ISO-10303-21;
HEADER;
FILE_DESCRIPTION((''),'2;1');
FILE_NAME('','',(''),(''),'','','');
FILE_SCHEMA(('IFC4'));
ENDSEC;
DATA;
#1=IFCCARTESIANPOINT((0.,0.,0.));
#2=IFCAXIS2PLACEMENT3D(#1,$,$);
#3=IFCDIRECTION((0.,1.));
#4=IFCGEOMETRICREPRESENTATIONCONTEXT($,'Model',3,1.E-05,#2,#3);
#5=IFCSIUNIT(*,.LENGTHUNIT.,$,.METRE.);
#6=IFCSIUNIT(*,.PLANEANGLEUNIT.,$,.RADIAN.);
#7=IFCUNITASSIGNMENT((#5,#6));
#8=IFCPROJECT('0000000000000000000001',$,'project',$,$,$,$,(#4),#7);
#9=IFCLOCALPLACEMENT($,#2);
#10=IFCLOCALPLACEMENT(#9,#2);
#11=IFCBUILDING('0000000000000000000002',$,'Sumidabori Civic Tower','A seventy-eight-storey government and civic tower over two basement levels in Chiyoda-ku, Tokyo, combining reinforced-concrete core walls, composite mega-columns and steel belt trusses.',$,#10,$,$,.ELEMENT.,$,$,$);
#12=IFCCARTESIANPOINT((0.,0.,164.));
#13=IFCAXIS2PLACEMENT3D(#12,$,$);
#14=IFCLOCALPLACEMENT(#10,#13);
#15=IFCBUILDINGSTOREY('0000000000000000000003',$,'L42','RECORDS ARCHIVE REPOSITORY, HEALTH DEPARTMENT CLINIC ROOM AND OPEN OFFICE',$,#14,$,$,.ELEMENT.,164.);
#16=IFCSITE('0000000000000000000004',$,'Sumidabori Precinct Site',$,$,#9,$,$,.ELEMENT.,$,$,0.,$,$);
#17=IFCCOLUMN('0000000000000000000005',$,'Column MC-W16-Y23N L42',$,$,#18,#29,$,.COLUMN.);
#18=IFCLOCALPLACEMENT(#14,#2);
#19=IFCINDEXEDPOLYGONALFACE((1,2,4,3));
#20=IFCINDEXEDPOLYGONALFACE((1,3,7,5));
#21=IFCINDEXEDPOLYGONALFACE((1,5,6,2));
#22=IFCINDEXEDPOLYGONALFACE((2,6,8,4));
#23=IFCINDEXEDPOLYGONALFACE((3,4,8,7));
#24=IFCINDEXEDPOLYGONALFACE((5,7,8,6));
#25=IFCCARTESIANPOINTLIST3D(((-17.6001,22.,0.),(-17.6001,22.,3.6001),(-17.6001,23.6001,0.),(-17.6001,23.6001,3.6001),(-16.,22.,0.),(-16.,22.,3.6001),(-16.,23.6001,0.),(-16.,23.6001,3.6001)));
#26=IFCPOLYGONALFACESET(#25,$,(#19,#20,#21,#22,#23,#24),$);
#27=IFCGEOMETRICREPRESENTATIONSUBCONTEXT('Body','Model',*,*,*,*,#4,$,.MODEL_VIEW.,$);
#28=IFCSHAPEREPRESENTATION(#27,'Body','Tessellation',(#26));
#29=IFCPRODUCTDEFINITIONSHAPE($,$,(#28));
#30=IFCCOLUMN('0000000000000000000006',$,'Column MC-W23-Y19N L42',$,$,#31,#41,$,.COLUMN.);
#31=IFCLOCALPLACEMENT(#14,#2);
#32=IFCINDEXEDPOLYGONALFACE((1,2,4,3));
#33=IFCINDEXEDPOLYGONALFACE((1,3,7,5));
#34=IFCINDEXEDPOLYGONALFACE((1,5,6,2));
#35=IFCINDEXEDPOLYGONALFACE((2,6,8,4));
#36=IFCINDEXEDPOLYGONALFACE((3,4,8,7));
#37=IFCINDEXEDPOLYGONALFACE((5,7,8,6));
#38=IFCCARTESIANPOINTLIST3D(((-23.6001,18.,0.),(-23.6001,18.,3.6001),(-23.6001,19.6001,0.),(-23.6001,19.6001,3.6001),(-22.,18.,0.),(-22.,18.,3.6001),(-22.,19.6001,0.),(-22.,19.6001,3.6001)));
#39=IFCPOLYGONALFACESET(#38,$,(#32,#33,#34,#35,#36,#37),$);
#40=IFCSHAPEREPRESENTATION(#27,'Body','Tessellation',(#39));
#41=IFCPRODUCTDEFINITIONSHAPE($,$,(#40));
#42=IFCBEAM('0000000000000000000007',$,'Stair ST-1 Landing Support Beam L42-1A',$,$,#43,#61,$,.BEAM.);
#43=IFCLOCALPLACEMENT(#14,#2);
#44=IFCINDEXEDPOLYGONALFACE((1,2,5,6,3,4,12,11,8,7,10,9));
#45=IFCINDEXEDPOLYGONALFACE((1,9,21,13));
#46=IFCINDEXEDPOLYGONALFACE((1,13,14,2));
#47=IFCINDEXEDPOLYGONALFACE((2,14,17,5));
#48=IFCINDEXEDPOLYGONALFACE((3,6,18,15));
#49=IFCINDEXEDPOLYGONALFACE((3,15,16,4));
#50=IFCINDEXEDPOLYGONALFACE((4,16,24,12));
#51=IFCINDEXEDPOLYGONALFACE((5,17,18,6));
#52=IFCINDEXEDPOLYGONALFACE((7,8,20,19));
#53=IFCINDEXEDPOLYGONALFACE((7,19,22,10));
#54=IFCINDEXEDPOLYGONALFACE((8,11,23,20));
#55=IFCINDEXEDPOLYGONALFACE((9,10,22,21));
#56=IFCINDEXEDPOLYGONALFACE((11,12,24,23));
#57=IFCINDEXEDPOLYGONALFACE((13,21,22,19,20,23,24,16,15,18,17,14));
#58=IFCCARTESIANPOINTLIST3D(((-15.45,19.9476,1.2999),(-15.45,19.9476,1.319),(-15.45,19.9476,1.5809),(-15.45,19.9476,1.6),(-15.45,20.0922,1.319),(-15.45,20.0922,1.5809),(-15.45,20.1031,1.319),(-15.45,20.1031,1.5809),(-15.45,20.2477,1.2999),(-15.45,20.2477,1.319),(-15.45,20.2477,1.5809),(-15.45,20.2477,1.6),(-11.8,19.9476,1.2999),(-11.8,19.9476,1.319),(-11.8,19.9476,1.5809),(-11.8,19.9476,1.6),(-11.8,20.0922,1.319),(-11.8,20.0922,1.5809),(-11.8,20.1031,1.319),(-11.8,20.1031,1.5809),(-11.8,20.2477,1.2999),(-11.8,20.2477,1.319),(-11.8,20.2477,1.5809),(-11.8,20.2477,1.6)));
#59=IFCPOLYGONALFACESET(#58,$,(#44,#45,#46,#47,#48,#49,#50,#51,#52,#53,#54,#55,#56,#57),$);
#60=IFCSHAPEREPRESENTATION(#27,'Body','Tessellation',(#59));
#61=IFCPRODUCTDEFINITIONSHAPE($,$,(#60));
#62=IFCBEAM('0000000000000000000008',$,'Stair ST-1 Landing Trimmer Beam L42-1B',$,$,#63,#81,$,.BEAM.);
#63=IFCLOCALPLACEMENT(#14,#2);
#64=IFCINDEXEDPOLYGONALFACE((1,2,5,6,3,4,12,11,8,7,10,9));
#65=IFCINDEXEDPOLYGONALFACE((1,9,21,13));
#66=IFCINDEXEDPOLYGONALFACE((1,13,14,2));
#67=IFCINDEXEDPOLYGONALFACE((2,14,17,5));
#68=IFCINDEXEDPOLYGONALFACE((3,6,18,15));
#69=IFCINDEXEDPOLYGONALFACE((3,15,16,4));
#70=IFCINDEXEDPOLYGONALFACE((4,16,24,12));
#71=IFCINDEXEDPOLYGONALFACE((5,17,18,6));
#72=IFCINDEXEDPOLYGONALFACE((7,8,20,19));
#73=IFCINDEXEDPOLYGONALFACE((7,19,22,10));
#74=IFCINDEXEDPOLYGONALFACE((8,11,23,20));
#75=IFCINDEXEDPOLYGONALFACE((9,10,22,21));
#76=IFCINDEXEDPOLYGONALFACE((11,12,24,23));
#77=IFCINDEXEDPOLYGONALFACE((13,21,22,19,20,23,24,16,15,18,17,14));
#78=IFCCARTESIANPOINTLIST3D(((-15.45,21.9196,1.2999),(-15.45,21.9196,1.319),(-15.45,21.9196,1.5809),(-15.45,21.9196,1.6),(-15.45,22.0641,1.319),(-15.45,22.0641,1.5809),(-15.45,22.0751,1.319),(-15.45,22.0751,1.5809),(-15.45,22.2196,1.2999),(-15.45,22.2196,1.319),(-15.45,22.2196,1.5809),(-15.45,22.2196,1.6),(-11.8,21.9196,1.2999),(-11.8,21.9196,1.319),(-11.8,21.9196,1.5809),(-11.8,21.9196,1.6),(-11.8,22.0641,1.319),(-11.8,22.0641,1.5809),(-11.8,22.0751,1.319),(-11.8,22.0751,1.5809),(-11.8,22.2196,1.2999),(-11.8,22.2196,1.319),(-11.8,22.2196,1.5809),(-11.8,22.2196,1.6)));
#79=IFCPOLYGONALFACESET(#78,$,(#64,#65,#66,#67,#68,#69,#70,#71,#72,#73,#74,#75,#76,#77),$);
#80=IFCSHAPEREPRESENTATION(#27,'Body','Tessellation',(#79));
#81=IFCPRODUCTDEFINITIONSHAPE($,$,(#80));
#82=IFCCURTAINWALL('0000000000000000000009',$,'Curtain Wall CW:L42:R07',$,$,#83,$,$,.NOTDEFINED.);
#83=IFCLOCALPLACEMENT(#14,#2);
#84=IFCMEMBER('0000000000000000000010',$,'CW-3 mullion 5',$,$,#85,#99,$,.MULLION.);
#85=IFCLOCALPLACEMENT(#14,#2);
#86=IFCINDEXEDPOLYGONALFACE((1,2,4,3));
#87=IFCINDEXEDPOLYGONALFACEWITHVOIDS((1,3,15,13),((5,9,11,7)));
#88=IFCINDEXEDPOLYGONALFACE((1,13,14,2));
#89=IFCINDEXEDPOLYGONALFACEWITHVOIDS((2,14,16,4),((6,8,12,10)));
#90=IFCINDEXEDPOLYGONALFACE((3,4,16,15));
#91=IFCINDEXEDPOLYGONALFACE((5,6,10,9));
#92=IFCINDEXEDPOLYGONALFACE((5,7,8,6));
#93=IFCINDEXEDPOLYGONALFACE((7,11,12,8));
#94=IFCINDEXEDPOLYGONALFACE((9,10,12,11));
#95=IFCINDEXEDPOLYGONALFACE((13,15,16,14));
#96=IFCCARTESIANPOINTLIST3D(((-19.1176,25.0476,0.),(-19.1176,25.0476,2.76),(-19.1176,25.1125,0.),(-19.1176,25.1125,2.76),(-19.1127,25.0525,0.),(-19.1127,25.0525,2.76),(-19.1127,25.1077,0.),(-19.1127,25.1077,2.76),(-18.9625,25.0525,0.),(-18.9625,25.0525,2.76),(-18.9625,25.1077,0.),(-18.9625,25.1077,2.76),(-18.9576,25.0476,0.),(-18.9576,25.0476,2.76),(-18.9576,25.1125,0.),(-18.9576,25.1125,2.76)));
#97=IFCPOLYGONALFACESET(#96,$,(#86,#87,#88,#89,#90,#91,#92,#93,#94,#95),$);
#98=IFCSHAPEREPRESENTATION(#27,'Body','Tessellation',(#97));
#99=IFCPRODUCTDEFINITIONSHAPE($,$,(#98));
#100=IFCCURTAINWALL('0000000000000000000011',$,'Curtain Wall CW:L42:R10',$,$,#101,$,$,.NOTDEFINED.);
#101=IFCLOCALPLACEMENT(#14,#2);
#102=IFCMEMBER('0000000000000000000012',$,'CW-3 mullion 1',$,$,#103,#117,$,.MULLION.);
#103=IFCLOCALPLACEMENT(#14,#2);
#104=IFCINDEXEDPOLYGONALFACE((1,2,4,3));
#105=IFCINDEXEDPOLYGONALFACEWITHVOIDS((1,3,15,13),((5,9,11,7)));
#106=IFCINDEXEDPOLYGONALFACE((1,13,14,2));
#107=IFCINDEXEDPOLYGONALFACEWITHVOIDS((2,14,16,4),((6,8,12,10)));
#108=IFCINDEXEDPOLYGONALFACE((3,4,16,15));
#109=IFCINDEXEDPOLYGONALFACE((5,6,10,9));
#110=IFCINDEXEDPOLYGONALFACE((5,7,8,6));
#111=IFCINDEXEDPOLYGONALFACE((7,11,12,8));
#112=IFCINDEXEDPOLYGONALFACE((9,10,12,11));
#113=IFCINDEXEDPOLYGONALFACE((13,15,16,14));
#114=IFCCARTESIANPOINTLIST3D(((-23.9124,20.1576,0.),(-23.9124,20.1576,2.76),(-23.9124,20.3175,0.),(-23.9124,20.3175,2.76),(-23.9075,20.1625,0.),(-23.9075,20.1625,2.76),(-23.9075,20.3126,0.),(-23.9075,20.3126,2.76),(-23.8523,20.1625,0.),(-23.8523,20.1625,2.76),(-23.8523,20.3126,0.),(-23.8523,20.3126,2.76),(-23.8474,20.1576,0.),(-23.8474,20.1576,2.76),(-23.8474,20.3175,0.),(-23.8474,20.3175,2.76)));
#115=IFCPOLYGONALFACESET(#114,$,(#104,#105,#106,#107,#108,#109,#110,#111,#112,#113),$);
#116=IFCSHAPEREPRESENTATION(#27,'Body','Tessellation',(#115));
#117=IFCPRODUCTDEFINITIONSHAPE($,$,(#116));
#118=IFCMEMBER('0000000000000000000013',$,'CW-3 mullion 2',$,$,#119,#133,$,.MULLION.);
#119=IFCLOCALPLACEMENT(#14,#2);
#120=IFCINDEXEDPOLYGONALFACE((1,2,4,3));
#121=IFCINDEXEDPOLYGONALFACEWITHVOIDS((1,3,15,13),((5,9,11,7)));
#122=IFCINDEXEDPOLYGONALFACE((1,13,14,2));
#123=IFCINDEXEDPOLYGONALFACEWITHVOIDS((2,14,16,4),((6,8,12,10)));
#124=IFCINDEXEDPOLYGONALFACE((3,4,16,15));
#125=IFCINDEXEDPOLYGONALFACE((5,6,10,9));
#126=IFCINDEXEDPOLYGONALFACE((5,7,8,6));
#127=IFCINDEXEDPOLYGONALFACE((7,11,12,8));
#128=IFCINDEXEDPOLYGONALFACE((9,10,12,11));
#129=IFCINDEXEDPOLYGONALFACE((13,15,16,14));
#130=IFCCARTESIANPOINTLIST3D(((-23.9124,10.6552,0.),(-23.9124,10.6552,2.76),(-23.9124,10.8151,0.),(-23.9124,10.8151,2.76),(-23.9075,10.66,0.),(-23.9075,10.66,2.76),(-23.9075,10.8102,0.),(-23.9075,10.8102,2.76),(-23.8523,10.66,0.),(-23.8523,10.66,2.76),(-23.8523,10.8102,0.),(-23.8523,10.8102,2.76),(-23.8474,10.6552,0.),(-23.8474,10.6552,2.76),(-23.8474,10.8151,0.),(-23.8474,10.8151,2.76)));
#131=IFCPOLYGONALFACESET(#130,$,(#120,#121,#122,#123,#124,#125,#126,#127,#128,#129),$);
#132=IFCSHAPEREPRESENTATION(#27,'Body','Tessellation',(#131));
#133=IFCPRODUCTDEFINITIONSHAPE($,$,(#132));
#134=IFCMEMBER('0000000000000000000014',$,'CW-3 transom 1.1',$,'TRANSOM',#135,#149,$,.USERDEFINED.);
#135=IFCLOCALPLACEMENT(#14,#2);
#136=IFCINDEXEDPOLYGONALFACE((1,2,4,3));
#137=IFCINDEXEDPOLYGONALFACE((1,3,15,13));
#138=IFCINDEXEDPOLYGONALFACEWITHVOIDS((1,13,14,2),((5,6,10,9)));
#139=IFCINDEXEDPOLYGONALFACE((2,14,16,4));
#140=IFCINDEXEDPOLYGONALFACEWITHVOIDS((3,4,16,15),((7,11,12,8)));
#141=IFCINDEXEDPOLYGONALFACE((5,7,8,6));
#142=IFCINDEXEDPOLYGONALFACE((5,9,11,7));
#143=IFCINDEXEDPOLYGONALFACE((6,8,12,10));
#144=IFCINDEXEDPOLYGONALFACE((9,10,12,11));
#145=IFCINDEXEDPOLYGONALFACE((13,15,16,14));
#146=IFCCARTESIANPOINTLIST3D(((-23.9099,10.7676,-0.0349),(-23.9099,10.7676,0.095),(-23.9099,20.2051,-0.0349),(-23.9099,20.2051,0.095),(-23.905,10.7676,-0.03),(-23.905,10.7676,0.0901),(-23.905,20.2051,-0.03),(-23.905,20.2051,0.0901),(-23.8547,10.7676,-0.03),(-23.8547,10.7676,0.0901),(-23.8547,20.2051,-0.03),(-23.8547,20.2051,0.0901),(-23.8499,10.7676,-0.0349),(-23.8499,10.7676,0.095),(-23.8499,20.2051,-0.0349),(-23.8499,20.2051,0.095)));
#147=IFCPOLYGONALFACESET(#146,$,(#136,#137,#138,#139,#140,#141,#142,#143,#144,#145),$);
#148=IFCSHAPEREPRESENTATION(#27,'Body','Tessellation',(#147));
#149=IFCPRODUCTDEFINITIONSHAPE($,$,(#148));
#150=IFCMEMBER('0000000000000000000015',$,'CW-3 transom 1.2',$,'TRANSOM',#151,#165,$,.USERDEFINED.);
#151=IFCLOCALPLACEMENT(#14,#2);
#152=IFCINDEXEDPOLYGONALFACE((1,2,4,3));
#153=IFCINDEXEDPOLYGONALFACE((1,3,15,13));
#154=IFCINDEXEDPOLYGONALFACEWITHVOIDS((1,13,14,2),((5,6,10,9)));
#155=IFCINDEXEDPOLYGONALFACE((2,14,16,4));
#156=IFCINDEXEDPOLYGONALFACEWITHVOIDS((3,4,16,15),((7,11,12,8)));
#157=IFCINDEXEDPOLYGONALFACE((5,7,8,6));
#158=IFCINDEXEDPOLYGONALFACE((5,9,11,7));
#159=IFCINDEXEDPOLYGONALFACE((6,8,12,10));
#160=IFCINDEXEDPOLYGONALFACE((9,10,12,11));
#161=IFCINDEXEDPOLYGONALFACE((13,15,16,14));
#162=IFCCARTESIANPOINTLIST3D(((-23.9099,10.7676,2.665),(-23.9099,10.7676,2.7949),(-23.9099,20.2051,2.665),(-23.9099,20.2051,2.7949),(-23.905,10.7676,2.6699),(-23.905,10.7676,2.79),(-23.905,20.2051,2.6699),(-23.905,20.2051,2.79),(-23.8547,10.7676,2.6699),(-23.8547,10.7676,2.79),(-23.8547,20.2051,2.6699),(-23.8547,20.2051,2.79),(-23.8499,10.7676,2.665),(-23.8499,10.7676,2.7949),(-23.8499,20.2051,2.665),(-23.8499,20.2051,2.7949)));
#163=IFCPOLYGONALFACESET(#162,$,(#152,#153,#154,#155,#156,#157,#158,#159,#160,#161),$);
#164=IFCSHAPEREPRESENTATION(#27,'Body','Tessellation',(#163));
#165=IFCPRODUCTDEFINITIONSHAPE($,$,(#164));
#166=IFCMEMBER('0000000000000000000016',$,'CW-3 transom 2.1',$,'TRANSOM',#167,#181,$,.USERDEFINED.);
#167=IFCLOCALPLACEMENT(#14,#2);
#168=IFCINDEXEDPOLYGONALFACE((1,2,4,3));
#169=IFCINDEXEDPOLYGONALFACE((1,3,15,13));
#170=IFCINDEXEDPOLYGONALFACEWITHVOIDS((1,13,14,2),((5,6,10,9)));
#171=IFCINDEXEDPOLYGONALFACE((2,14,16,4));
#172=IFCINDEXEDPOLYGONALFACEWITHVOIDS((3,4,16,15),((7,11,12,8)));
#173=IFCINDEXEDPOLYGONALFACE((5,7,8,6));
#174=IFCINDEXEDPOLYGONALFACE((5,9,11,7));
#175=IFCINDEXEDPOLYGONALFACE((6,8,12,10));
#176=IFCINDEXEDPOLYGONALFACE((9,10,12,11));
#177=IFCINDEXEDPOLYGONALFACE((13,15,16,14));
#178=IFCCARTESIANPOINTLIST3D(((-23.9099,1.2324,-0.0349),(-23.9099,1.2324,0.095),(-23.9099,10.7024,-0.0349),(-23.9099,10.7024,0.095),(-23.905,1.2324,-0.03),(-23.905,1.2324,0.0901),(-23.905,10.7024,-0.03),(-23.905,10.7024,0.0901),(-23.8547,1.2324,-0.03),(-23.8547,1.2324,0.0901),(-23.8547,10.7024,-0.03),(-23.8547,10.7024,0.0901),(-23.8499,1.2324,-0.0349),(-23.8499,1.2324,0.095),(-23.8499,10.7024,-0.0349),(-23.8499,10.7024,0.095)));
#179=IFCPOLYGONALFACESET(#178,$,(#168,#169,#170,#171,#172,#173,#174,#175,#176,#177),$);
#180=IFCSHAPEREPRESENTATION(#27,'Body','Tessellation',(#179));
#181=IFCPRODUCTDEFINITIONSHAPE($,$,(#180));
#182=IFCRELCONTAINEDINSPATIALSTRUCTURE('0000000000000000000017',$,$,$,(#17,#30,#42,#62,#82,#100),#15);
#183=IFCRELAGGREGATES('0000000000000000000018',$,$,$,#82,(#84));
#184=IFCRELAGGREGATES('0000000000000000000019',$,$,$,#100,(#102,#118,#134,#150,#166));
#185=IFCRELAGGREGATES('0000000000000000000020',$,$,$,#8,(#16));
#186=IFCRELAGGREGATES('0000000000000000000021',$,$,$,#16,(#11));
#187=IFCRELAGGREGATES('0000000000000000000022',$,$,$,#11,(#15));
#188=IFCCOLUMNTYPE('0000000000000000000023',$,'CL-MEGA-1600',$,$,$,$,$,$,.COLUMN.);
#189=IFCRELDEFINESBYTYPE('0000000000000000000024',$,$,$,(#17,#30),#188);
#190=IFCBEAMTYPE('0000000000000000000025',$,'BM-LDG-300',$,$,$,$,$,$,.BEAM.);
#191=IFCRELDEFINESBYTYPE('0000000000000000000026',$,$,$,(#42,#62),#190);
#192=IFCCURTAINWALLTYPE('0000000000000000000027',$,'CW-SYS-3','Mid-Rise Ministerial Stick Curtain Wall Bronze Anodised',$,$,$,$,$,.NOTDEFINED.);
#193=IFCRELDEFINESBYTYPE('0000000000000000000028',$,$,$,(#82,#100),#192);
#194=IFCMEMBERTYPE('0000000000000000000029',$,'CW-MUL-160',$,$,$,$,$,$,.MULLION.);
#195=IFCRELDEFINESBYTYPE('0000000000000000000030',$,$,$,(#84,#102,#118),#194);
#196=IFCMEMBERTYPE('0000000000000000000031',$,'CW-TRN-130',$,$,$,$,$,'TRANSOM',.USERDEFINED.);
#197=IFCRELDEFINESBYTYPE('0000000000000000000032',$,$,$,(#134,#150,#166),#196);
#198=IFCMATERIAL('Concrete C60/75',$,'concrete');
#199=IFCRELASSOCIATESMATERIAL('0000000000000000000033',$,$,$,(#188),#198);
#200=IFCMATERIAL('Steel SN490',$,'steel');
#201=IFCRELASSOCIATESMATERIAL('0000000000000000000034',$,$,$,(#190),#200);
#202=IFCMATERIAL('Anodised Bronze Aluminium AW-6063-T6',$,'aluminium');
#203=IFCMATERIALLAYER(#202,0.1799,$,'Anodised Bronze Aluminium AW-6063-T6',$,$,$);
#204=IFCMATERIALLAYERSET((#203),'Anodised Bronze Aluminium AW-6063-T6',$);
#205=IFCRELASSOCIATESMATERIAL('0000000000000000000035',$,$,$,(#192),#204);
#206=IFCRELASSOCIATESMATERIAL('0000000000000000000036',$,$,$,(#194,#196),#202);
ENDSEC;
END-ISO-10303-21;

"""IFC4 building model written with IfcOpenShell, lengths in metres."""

from ifc_helpers import new_model, si_unit, direction, frame, origin, origin_2d, place, context, subcontext, project, spatial, rectangle, hollow_rectangle, i_section, extrude, source, transform, mapped, material, layer, layer_set, material_profile, profile_set, type_object, element, aggregate, save


model = new_model("IFC4")

# Units and contexts
model_context = context("Model", 3, precision=1e-05, world=origin(), true_north=direction((0.0, 1.0)))
body_context = subcontext(model_context, "Body", "Model", "MODEL_VIEW")
ifc_project = project(units=[si_unit("LENGTHUNIT", "METRE"), si_unit("PLANEANGLEUNIT", "RADIAN")], contexts=[model_context])

# Site, building, storey
site_placement = place(None, origin())
site = spatial("IfcSite", under=ifc_project, at=site_placement, Name="Sumidabori Precinct Site", CompositionType="ELEMENT", RefElevation=0.0)
building_placement = place(site_placement, origin())
building = spatial("IfcBuilding", under=site, at=building_placement, Name="Sumidabori Civic Tower", Description="A seventy-eight-storey government and civic tower over two basement levels in Chiyoda-ku, Tokyo, combining reinforced-concrete core walls, composite mega-columns and steel belt trusses.", CompositionType="ELEMENT")
storey_placement = place(building_placement, frame((0.0, 0.0, 164.0)))
storey = spatial("IfcBuildingStorey", under=building, at=storey_placement, Name="L42", Description="RECORDS ARCHIVE REPOSITORY, HEALTH DEPARTMENT CLINIC ROOM AND OPEN OFFICE", CompositionType="ELEMENT", Elevation=164.0)

# Columns
ifc_material_1 = material(Name="Concrete C60/75", Category="concrete")
ifc_material_profile_1 = material_profile(ifc_material_1, rectangle(XDim=1.6001, YDim=1.6001, at=origin_2d()), Name="RC 1600x1600")
ifc_profile_set_1 = profile_set([ifc_material_profile_1], Name="Concrete C60/75")
column_type = type_object("IfcColumnType", Name="CL-MEGA-1600", PredefinedType="COLUMN", material=ifc_profile_set_1)
shared_shape_1 = source(origin(), body_context, "Body", "SweptSolid", [
    extrude(rectangle(XDim=1.6001, YDim=1.6001, at=origin_2d()), origin(), (0.0, 0.0, 1.0), 3.6001),
])
for number, where, z_axis, x_axis, name in (
    (1, (-16.8, 22.8, 0.0), (0.0, 0.0, 1.0), (1.0, 0.0, 0.0), "Column MC-W16-Y23N L42"),
    (2, (-22.8, 18.8, 0.0), (0.0, 0.0, 1.0), (1.0, 0.0, 0.0), "Column MC-W23-Y19N L42"),
):
    element("IfcColumn", number, at=place(storey_placement, frame(where, z_axis=z_axis, x_axis=x_axis)), inside=storey, type_object=column_type, Name=name, PredefinedType="COLUMN", context=body_context, shape_type="MappedRepresentation", body=[
        mapped(shared_shape_1, transform((0.0, 0.0, 0.0), x_axis=(1.0, 0.0, 0.0), y_axis=(0.0, 1.0, 0.0), z_axis=(0.0, 0.0, 1.0), scale=1.0)),
    ])

# Beams
ifc_material_2 = material(Name="Steel SN490", Category="steel")
ifc_material_profile_2 = material_profile(ifc_material_2, i_section(OverallWidth=0.3, OverallDepth=0.3, WebThickness=0.011, FlangeThickness=0.019, at=origin_2d()), Name="HE 300 B")
ifc_profile_set_2 = profile_set([ifc_material_profile_2], Name="Steel SN490")
beam_type = type_object("IfcBeamType", Name="BM-LDG-300", PredefinedType="BEAM", material=ifc_profile_set_2)
shared_shape_2 = source(origin(), body_context, "Body", "SweptSolid", [
    extrude(i_section(OverallWidth=0.3, OverallDepth=0.3, WebThickness=0.011, FlangeThickness=0.019, at=origin_2d()), origin(), (0.0, 0.0, 1.0), 3.6499),
])
for number, where, z_axis, x_axis, name in (
    (3, (-15.45, 20.0977, 1.45), (1.0, 0.0, 0.0), (0.0, 1.0, 0.0), "Stair ST-1 Landing Support Beam L42-1A"),
    (4, (-15.45, 22.0696, 1.45), (1.0, 0.0, 0.0), (0.0, 1.0, 0.0), "Stair ST-1 Landing Trimmer Beam L42-1B"),
):
    element("IfcBeam", number, at=place(storey_placement, frame(where, z_axis=z_axis, x_axis=x_axis)), inside=storey, type_object=beam_type, Name=name, PredefinedType="BEAM", context=body_context, shape_type="MappedRepresentation", body=[
        mapped(shared_shape_2, transform((0.0, 0.0, 0.0), x_axis=(1.0, 0.0, 0.0), y_axis=(0.0, 1.0, 0.0), z_axis=(0.0, 0.0, 1.0), scale=1.0)),
    ])

# Curtain wall, member
ifc_material_3 = material(Name="Anodised Bronze Aluminium AW-6063-T6", Category="aluminium")
ifc_layer_1 = layer(ifc_material_3, 0.1799, Name="Anodised Bronze Aluminium AW-6063-T6")
ifc_layer_set_1 = layer_set([ifc_layer_1], Name="Anodised Bronze Aluminium AW-6063-T6")
curtain_wall_type = type_object("IfcCurtainWallType", Name="CW-SYS-3", Description="Mid-Rise Ministerial Stick Curtain Wall Bronze Anodised", PredefinedType="NOTDEFINED", material=ifc_layer_set_1)
curtain_wall_1_placement = place(storey_placement, origin())
curtain_wall_1 = element("IfcCurtainWall", 5, at=curtain_wall_1_placement, inside=storey, type_object=curtain_wall_type, Name="Curtain Wall CW:L42:R07", PredefinedType="NOTDEFINED")
ifc_material_profile_3 = material_profile(ifc_material_3, hollow_rectangle(XDim=0.0649, YDim=0.1599, WallThickness=0.0049, at=origin_2d()), Name="ALU MULLION 160x65")
ifc_profile_set_3 = profile_set([ifc_material_profile_3], Name="Anodised Bronze Aluminium AW-6063-T6")
member_type_1 = type_object("IfcMemberType", Name="CW-MUL-160", PredefinedType="MULLION", material=ifc_profile_set_3)
shared_shape_3 = source(origin(), body_context, "Body", "SweptSolid", [
    extrude(hollow_rectangle(XDim=0.0649, YDim=0.1599, WallThickness=0.0049, at=origin_2d()), origin(), (0.0, 0.0, 1.0), 2.76),
])
member_1_placement = place(storey_placement, frame((-19.0376, 25.0801, 0.0), z_axis=(0.0, 0.0, 1.0), x_axis=(0.0, -1.0, 0.0)))
member_1 = element("IfcMember", 6, at=member_1_placement, type_object=member_type_1, Name="CW-3 mullion 5", PredefinedType="MULLION", context=body_context, shape_type="MappedRepresentation", body=[
    mapped(shared_shape_3, transform((0.0, 0.0, 0.0), x_axis=(1.0, 0.0, 0.0), y_axis=(0.0, 1.0, 0.0), z_axis=(0.0, 0.0, 1.0), scale=1.0)),
])
aggregate(curtain_wall_1, [member_1])

# Curtain wall, members
curtain_wall_2_placement = place(storey_placement, origin())
curtain_wall_2 = element("IfcCurtainWall", 7, at=curtain_wall_2_placement, inside=storey, type_object=curtain_wall_type, Name="Curtain Wall CW:L42:R10", PredefinedType="NOTDEFINED")
member_2_placement = place(storey_placement, frame((-23.8799, 20.2375, 0.0), z_axis=(0.0, 0.0, 1.0), x_axis=(1.0, 0.0, 0.0)))
member_2 = element("IfcMember", 8, at=member_2_placement, type_object=member_type_1, Name="CW-3 mullion 1", PredefinedType="MULLION", context=body_context, shape_type="MappedRepresentation", body=[
    mapped(shared_shape_3, transform((0.0, 0.0, 0.0), x_axis=(1.0, 0.0, 0.0), y_axis=(0.0, 1.0, 0.0), z_axis=(0.0, 0.0, 1.0), scale=1.0)),
])
member_3_placement = place(storey_placement, frame((-23.8799, 10.7351, 0.0), z_axis=(0.0, 0.0, 1.0), x_axis=(1.0, 0.0, 0.0)))
member_3 = element("IfcMember", 9, at=member_3_placement, type_object=member_type_1, Name="CW-3 mullion 2", PredefinedType="MULLION", context=body_context, shape_type="MappedRepresentation", body=[
    mapped(shared_shape_3, transform((0.0, 0.0, 0.0), x_axis=(1.0, 0.0, 0.0), y_axis=(0.0, 1.0, 0.0), z_axis=(0.0, 0.0, 1.0), scale=1.0)),
])
ifc_material_profile_4 = material_profile(ifc_material_3, hollow_rectangle(XDim=0.0601, YDim=0.1299, WallThickness=0.0049, at=origin_2d()), Name="ALU TRANSOM 130x60")
ifc_profile_set_4 = profile_set([ifc_material_profile_4], Name="Anodised Bronze Aluminium AW-6063-T6")
member_type_2 = type_object("IfcMemberType", Name="CW-TRN-130", ElementType="TRANSOM", PredefinedType="USERDEFINED", material=ifc_profile_set_4)
shared_shape_4 = source(origin(), body_context, "Body", "SweptSolid", [
    extrude(hollow_rectangle(XDim=0.0601, YDim=0.1299, WallThickness=0.0049, at=origin_2d()), origin(), (0.0, 0.0, 1.0), 9.4375),
])
member_4_placement = place(storey_placement, frame((-23.8799, 20.2051, 0.03), z_axis=(0.0, -1.0, 0.0), x_axis=(1.0, 0.0, 0.0)))
member_4 = element("IfcMember", 10, at=member_4_placement, type_object=member_type_2, Name="CW-3 transom 1.1", ObjectType="TRANSOM", PredefinedType="USERDEFINED", context=body_context, shape_type="MappedRepresentation", body=[
    mapped(shared_shape_4, transform((0.0, 0.0, 0.0), x_axis=(1.0, 0.0, 0.0), y_axis=(0.0, 1.0, 0.0), z_axis=(0.0, 0.0, 1.0), scale=1.0)),
])
member_5_placement = place(storey_placement, frame((-23.8799, 20.2051, 2.73), z_axis=(0.0, -1.0, 0.0), x_axis=(1.0, 0.0, 0.0)))
member_5 = element("IfcMember", 11, at=member_5_placement, type_object=member_type_2, Name="CW-3 transom 1.2", ObjectType="TRANSOM", PredefinedType="USERDEFINED", context=body_context, shape_type="MappedRepresentation", body=[
    mapped(shared_shape_4, transform((0.0, 0.0, 0.0), x_axis=(1.0, 0.0, 0.0), y_axis=(0.0, 1.0, 0.0), z_axis=(0.0, 0.0, 1.0), scale=1.0)),
])
shared_shape_5 = source(origin(), body_context, "Body", "SweptSolid", [
    extrude(hollow_rectangle(XDim=0.0601, YDim=0.1299, WallThickness=0.0049, at=origin_2d()), origin(), (0.0, 0.0, 1.0), 9.47),
])
member_6_placement = place(storey_placement, frame((-23.8799, 10.7024, 0.03), z_axis=(0.0, -1.0, 0.0), x_axis=(1.0, 0.0, 0.0)))
member_6 = element("IfcMember", 12, at=member_6_placement, type_object=member_type_2, Name="CW-3 transom 2.1", ObjectType="TRANSOM", PredefinedType="USERDEFINED", context=body_context, shape_type="MappedRepresentation", body=[
    mapped(shared_shape_5, transform((0.0, 0.0, 0.0), x_axis=(1.0, 0.0, 0.0), y_axis=(0.0, 1.0, 0.0), z_axis=(0.0, 0.0, 1.0), scale=1.0)),
])
aggregate(curtain_wall_2, [member_2, member_3, member_4, member_5, member_6])

save(model, "model.ifc")
